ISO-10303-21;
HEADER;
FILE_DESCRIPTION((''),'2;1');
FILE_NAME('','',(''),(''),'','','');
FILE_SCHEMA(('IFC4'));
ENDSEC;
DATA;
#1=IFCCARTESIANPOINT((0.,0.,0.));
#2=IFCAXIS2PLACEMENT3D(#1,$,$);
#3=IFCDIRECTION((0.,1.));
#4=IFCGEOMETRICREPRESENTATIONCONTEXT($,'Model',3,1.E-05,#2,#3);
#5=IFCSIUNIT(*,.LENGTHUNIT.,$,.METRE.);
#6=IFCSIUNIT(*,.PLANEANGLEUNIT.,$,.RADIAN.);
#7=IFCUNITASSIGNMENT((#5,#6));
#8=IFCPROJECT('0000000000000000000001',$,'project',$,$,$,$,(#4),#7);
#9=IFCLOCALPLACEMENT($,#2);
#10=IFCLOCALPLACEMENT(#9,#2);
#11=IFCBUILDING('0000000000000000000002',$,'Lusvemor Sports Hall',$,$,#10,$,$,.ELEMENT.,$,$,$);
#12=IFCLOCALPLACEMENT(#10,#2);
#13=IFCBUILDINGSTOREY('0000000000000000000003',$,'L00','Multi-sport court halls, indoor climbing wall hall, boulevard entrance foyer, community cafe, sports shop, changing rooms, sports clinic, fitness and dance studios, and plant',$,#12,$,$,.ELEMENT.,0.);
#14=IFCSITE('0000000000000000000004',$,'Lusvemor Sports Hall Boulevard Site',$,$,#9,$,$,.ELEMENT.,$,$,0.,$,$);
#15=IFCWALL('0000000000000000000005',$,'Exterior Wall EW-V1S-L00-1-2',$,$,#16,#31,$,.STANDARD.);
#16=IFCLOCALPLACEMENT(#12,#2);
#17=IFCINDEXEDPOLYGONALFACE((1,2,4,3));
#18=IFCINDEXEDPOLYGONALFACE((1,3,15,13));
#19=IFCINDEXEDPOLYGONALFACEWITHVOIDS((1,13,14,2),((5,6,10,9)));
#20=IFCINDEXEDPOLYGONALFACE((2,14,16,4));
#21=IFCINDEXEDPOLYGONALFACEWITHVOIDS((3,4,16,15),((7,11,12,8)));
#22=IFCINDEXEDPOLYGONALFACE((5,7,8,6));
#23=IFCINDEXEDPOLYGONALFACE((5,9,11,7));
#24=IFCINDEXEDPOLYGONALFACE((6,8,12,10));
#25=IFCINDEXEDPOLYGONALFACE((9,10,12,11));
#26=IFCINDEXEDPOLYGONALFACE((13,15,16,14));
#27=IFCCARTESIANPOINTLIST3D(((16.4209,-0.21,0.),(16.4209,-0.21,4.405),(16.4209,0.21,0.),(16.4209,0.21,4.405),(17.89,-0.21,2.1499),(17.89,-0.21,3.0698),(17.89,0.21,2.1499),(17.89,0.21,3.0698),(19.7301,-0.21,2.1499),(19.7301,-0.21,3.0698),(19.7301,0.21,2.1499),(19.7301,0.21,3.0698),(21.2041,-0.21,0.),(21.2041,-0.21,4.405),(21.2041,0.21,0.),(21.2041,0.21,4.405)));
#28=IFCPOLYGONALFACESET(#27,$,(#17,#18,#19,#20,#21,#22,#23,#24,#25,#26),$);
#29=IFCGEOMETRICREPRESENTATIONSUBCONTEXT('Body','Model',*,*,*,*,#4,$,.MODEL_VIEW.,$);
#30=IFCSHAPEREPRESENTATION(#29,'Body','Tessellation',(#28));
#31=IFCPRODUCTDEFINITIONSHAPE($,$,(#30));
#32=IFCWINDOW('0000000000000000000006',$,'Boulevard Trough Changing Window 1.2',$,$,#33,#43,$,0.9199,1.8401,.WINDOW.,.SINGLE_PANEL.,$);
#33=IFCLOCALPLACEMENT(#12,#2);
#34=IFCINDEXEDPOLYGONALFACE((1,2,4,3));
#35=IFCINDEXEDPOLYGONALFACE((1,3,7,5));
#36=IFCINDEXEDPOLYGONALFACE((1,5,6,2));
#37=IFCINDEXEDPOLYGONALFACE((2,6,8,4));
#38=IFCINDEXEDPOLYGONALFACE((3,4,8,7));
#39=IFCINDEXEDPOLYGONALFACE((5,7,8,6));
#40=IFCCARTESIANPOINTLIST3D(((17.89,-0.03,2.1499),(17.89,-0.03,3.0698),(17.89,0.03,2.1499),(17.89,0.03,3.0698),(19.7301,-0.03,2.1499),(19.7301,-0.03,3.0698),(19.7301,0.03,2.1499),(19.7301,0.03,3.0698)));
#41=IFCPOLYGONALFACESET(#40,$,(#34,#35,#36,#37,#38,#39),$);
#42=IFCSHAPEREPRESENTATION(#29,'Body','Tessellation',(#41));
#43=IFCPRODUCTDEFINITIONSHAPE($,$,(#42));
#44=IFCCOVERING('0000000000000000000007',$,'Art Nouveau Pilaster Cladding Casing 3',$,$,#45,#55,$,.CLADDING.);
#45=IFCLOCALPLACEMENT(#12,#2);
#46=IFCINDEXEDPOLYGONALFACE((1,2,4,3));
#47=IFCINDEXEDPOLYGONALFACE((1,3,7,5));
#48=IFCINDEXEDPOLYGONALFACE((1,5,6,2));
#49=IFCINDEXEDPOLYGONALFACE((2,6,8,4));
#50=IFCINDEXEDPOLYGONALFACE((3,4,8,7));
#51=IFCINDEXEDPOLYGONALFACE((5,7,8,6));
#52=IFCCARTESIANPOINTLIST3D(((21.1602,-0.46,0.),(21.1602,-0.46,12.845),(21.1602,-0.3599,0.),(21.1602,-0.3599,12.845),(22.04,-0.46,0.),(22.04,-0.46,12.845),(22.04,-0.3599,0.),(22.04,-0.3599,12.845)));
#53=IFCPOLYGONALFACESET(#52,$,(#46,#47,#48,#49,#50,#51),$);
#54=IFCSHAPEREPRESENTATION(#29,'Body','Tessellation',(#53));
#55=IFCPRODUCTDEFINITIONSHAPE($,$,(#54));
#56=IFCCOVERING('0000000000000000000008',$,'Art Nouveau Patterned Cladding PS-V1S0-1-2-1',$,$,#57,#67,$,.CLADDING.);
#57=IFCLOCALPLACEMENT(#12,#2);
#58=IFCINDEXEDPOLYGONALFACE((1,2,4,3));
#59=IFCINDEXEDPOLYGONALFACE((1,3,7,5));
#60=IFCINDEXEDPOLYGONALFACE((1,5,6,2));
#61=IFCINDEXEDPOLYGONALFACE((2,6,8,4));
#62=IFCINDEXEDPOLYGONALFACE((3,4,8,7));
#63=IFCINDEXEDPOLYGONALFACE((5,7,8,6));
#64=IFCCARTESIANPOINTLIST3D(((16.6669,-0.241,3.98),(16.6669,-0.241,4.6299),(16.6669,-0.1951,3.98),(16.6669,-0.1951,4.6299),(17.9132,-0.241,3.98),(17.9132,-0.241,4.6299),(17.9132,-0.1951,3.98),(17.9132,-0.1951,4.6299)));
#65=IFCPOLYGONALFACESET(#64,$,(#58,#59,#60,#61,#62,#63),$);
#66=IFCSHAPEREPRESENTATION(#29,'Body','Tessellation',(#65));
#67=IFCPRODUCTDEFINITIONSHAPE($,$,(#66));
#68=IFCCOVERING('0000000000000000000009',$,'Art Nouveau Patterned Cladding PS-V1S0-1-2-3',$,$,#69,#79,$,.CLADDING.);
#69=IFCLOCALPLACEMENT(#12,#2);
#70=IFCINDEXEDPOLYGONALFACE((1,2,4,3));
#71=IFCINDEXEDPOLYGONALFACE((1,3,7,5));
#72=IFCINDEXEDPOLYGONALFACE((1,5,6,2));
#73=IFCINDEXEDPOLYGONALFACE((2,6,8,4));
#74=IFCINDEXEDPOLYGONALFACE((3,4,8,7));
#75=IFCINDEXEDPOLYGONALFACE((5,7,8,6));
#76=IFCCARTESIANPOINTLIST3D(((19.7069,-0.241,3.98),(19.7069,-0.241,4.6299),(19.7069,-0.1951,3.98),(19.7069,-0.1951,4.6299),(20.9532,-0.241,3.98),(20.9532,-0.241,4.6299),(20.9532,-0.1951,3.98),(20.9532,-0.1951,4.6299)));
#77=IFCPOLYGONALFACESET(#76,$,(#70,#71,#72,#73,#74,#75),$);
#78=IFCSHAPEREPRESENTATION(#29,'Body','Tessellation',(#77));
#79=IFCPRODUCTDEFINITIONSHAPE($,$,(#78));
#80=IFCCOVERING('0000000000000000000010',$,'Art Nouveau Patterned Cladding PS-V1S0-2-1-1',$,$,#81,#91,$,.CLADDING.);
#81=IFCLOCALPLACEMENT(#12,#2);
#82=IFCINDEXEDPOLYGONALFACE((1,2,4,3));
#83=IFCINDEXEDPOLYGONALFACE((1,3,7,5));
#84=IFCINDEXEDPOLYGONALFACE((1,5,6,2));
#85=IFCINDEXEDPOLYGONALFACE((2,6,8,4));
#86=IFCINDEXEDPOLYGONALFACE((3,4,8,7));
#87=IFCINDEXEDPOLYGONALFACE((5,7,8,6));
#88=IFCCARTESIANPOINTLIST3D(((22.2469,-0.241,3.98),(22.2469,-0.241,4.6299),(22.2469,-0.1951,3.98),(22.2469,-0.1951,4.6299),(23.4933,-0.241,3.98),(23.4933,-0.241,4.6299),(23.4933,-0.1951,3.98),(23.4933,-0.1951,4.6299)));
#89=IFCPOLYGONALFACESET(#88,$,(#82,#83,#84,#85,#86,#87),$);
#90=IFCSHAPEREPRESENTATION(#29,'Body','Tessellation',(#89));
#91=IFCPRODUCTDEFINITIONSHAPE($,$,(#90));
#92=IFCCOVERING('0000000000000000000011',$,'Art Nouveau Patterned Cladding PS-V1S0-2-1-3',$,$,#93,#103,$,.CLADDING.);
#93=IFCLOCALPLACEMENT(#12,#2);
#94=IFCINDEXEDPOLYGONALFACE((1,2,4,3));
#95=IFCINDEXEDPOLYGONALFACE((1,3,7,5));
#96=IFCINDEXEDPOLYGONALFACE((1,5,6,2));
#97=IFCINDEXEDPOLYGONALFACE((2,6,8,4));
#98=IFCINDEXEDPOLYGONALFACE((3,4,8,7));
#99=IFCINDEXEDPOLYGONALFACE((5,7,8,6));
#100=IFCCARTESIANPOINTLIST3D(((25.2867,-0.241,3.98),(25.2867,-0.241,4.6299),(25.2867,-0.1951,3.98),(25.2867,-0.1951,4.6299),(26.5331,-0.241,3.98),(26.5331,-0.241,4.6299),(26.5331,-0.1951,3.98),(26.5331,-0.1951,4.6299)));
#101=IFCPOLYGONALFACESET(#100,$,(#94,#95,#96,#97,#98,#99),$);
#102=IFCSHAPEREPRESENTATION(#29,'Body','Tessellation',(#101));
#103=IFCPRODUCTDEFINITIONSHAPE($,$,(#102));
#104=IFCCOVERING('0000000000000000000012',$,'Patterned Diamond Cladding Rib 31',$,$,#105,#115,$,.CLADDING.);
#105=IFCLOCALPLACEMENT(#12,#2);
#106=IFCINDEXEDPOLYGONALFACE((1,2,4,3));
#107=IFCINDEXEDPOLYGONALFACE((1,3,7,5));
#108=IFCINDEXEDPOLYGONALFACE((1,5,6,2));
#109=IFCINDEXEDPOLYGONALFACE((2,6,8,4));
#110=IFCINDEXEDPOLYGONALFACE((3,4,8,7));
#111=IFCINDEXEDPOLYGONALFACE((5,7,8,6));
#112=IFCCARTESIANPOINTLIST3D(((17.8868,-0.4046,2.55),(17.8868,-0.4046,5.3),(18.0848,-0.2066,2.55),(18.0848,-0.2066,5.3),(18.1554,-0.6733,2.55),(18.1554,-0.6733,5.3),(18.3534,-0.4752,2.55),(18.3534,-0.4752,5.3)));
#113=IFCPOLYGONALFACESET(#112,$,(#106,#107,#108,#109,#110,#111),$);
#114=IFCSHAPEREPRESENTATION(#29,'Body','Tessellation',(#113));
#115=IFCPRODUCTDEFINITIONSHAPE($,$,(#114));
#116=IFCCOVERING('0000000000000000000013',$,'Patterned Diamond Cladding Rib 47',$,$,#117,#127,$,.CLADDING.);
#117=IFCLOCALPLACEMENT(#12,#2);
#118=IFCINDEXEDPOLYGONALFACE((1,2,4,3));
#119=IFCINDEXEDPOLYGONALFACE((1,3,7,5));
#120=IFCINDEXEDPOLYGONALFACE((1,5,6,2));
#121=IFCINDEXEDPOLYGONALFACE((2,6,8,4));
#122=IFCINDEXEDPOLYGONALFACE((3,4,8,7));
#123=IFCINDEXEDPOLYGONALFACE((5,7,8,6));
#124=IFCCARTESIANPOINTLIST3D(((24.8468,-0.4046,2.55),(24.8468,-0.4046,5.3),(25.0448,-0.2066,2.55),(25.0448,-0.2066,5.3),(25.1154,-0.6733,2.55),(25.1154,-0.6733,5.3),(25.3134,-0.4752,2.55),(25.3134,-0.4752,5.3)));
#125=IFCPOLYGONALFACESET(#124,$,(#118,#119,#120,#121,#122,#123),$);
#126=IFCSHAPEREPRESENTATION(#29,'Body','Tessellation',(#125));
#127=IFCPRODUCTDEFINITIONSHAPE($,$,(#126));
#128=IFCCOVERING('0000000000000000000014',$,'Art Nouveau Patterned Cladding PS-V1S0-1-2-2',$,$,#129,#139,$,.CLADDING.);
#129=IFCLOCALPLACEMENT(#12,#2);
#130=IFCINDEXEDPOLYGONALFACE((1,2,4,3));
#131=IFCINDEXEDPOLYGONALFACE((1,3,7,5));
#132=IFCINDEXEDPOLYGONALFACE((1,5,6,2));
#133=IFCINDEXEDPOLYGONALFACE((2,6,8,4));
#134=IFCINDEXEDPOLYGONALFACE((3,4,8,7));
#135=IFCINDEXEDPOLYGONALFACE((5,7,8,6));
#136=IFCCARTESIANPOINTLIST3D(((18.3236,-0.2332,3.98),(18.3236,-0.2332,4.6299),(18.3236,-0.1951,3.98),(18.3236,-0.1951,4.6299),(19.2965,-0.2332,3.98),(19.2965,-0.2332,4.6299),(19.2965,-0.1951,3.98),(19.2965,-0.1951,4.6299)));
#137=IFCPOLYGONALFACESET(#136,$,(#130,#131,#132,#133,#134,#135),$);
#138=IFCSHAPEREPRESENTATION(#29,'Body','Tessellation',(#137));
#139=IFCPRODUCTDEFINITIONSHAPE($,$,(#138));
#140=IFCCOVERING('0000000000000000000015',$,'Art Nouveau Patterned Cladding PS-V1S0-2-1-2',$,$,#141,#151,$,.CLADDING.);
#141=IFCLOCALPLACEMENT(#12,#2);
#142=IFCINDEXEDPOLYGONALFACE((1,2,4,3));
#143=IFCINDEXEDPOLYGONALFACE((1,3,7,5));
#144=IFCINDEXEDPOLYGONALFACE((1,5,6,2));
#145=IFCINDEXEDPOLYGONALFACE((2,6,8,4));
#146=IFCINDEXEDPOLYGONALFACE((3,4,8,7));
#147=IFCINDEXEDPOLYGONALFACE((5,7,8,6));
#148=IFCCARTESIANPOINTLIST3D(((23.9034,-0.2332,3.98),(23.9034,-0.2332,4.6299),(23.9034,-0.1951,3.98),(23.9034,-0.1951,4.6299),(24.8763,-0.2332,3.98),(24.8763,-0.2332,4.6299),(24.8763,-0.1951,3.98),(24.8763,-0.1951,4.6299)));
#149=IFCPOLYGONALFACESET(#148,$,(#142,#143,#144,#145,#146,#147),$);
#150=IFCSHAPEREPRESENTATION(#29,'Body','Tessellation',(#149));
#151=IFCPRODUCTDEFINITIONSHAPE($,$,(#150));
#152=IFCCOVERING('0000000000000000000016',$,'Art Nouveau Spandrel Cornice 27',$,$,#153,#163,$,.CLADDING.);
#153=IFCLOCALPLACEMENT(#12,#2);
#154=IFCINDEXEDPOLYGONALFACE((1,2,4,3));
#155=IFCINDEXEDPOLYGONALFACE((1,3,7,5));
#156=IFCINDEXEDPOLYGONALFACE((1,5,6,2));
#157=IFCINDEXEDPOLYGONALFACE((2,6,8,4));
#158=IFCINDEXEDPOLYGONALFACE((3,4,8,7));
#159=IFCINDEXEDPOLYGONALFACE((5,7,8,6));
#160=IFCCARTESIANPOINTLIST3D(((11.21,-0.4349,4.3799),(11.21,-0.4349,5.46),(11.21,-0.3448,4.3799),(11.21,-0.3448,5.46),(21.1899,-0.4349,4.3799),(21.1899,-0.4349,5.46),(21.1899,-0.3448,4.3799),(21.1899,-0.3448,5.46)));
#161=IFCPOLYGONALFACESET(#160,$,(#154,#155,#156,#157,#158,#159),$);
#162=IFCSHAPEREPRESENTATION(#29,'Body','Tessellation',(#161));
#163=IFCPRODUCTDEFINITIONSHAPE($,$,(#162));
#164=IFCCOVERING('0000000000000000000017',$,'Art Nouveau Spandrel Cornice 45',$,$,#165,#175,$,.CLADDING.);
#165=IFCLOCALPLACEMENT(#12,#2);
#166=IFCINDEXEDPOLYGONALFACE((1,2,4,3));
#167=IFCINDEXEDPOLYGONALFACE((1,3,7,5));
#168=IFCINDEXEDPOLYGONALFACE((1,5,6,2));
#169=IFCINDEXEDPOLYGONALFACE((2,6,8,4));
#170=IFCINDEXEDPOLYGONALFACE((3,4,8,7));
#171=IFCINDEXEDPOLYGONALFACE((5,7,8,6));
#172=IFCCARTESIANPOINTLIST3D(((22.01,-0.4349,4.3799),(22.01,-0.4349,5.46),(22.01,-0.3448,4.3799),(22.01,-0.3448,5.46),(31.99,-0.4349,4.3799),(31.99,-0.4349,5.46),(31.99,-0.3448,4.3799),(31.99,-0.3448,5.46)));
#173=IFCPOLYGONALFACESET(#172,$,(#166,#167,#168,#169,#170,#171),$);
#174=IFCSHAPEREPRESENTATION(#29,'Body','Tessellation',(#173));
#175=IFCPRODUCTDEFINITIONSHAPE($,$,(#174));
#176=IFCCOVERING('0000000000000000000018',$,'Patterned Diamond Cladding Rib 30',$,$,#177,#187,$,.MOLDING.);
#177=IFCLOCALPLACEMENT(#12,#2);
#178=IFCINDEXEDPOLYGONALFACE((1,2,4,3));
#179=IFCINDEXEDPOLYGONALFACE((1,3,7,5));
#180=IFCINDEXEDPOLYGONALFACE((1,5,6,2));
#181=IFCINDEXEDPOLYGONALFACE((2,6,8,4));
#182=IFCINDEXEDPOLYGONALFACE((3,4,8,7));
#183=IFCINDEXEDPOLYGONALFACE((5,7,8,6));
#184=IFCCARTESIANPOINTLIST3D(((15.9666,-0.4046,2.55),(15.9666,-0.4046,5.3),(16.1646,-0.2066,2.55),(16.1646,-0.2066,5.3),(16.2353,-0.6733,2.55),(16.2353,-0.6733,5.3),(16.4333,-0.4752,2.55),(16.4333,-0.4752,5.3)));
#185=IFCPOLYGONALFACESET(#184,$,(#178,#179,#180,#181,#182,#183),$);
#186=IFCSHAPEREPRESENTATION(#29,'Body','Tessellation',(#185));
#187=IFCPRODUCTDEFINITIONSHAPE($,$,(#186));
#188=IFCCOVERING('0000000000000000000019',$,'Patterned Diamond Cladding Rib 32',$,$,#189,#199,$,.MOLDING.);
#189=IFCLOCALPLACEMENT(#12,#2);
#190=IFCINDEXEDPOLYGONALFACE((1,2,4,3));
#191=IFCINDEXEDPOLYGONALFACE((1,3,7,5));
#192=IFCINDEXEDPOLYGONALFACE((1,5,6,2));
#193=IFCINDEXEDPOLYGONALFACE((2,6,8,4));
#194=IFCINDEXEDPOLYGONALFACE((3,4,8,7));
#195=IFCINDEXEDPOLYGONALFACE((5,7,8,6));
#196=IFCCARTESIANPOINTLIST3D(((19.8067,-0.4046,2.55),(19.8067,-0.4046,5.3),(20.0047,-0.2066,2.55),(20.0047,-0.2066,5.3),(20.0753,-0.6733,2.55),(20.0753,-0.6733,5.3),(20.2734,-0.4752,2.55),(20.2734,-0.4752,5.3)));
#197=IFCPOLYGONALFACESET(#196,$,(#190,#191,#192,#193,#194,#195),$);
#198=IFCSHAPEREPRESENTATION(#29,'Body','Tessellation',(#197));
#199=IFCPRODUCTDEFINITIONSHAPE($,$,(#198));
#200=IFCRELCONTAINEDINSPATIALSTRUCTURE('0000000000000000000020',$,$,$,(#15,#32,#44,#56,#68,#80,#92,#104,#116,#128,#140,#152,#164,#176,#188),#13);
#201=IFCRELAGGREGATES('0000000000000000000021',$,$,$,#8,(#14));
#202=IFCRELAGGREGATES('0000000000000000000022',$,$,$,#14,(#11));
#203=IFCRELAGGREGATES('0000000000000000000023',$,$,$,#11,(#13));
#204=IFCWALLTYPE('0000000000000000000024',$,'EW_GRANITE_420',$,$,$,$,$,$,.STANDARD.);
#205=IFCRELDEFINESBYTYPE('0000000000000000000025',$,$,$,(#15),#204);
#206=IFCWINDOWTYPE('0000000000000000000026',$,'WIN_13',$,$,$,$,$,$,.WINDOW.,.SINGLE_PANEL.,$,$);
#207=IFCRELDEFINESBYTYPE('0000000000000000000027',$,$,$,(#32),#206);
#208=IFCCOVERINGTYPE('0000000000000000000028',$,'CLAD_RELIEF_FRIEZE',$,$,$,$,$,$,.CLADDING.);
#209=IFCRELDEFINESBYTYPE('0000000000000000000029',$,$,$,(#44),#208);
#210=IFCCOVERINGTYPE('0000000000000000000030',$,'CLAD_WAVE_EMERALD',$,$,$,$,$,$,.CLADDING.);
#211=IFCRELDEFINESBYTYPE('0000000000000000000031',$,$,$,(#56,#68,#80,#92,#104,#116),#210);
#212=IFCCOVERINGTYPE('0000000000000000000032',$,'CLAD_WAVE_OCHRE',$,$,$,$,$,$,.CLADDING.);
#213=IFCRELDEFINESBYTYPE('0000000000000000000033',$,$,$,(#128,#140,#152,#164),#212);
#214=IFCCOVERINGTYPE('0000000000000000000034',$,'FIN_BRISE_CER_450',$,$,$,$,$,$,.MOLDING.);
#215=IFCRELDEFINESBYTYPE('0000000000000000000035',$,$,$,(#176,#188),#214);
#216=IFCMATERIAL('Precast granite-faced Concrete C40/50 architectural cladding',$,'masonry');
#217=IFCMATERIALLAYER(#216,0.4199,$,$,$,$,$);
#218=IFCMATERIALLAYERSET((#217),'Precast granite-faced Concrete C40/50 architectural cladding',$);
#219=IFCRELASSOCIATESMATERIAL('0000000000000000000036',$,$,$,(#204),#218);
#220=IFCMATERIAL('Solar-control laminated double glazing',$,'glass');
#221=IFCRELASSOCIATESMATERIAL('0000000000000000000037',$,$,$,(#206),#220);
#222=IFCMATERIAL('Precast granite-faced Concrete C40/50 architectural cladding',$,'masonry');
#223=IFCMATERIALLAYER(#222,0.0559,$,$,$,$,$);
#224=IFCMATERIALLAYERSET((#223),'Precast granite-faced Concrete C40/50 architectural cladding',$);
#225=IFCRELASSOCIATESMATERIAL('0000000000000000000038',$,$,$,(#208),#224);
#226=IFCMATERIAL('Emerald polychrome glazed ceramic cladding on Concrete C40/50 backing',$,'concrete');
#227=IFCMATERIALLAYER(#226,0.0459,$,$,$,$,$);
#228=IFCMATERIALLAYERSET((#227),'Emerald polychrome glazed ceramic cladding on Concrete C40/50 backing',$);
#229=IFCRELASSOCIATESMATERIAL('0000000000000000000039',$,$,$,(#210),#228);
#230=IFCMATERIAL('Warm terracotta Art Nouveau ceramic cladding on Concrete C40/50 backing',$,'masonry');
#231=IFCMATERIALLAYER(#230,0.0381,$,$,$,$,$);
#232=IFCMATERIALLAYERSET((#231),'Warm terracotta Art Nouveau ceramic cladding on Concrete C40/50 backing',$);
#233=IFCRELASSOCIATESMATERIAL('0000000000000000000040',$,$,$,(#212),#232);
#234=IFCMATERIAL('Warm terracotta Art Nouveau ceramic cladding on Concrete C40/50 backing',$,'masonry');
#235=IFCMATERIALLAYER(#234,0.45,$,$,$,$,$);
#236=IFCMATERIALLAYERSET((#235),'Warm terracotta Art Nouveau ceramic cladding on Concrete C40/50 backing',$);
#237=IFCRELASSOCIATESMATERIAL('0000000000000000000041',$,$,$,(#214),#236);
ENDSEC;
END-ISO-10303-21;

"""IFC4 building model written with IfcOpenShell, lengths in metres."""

from ifc_helpers import new_model, si_unit, direction, frame, frame_2d, origin, origin_2d, place, context, subcontext, project, spatial, rectangle, extrude, material, layer, layer_set, type_object, element, fill, save


model = new_model("IFC4")

# Units and contexts
model_context = context("Model", 3, precision=1e-05, world=origin(), true_north=direction((0.0, 1.0)))
body_context = subcontext(model_context, "Body", "Model", "MODEL_VIEW")
ifc_project = project(units=[si_unit("LENGTHUNIT", "METRE"), si_unit("PLANEANGLEUNIT", "RADIAN")], contexts=[model_context])

# Site, building, storey
site_placement = place(None, origin())
site = spatial("IfcSite", under=ifc_project, at=site_placement, Name="Lusvemor Sports Hall Boulevard Site", CompositionType="ELEMENT", RefElevation=0.0)
building_placement = place(site_placement, origin())
building = spatial("IfcBuilding", under=site, at=building_placement, Name="Lusvemor Sports Hall", CompositionType="ELEMENT")
storey_placement = place(building_placement, origin())
storey = spatial("IfcBuildingStorey", under=building, at=storey_placement, Name="L00", Description="Multi-sport court halls, indoor climbing wall hall, boulevard entrance foyer, community cafe, sports shop, changing rooms, sports clinic, fitness and dance studios, and plant", CompositionType="ELEMENT", Elevation=0.0)

# Wall, opening, window
ifc_material_1 = material(Name="Precast granite-faced Concrete C40/50 architectural cladding", Category="masonry")
ifc_layer_1 = layer(ifc_material_1, 0.4199)
ifc_layer_set_1 = layer_set([ifc_layer_1], Name="Precast granite-faced Concrete C40/50 architectural cladding")
wall_type = type_object("IfcWallType", Name="EW_GRANITE_420", PredefinedType="STANDARD", material=ifc_layer_set_1)
wall_1_placement = place(storey_placement, frame((21.2041, 0.0, 0.0), z_axis=(0.0, 0.0, 1.0), x_axis=(-1.0, 0.0, 0.0)))
wall_1 = element("IfcWall", 1, at=wall_1_placement, inside=storey, type_object=wall_type, Name="Exterior Wall EW-V1S-L00-1-2", PredefinedType="STANDARD", context=body_context, shape_type="SweptSolid", body=[
    extrude(rectangle(XDim=4.7832, YDim=0.4199, at=frame_2d((2.3916, 0.0))), origin(), (0.0, 0.0, 1.0), 4.405),
])
opening_1_placement = place(wall_1_placement, frame((1.4741, 0.0, 2.1499)))
opening_1 = element("IfcOpeningElement", 2, at=opening_1_placement, cuts=wall_1, PredefinedType="OPENING", context=body_context, shape_type="SweptSolid", body=[
    extrude(rectangle(XDim=1.8401, YDim=0.9199, at=frame_2d((0.9199, 0.46))), frame((0.0, 0.21, 0.0), z_axis=(0.0, -1.0, 0.0), x_axis=(1.0, 0.0, 0.0)), (0.0, 0.0, 1.0), 0.4199),
])
ifc_material_2 = material(Name="Solar-control laminated double glazing", Category="glass")
window_type = type_object("IfcWindowType", Name="WIN_13", PartitioningType="SINGLE_PANEL", PredefinedType="WINDOW", material=ifc_material_2)
window_placement = place(opening_1_placement, origin())
window = element("IfcWindow", 3, at=window_placement, inside=storey, type_object=window_type, Name="Boulevard Trough Changing Window 1.2", OverallHeight=0.9199, OverallWidth=1.8401, PartitioningType="SINGLE_PANEL", PredefinedType="WINDOW", context=body_context, shape_type="SweptSolid", body=[
    extrude(rectangle(XDim=1.8401, YDim=0.9199, at=frame_2d((0.9199, 0.46))), frame((0.0, 0.03, 0.0), z_axis=(0.0, -1.0, 0.0), x_axis=(1.0, 0.0, 0.0)), (0.0, 0.0, 1.0), 0.0601),
])
fill(opening_1, window)

# Coverings
ifc_material_3 = material(Name="Precast granite-faced Concrete C40/50 architectural cladding", Category="masonry")
ifc_layer_2 = layer(ifc_material_3, 0.0559)
ifc_layer_set_2 = layer_set([ifc_layer_2], Name="Precast granite-faced Concrete C40/50 architectural cladding")
covering_type_1 = type_object("IfcCoveringType", Name="CLAD_RELIEF_FRIEZE", PredefinedType="CLADDING", material=ifc_layer_set_2)
covering_placement = place(storey_placement, frame((21.6001, -0.4099, 0.0), z_axis=(0.0, 0.0, 1.0), x_axis=(1.0, 0.0, 0.0)))
element("IfcCovering", 4, at=covering_placement, inside=storey, type_object=covering_type_1, Name="Art Nouveau Pilaster Cladding Casing 3", PredefinedType="CLADDING", context=body_context, shape_type="SweptSolid", body=[
    extrude(rectangle(XDim=0.8799, YDim=0.1001, at=origin_2d()), origin(), (0.0, 0.0, 1.0), 12.845),
])
ifc_material_4 = material(Name="Emerald polychrome glazed ceramic cladding on Concrete C40/50 backing", Category="concrete")
ifc_layer_3 = layer(ifc_material_4, 0.0459)
ifc_layer_set_3 = layer_set([ifc_layer_3], Name="Emerald polychrome glazed ceramic cladding on Concrete C40/50 backing")
covering_type_2 = type_object("IfcCoveringType", Name="CLAD_WAVE_EMERALD", PredefinedType="CLADDING", material=ifc_layer_set_3)
for number, where, z_axis, x_axis, name in (
    (5, (17.29, -0.218, 3.98), (0.0, 0.0, 1.0), (1.0, 0.0, 0.0), "Art Nouveau Patterned Cladding PS-V1S0-1-2-1"),
    (6, (20.3301, -0.218, 3.98), (0.0, 0.0, 1.0), (1.0, 0.0, 0.0), "Art Nouveau Patterned Cladding PS-V1S0-1-2-3"),
    (7, (22.8701, -0.218, 3.98), (0.0, 0.0, 1.0), (1.0, 0.0, 0.0), "Art Nouveau Patterned Cladding PS-V1S0-2-1-1"),
    (8, (25.9099, -0.218, 3.98), (0.0, 0.0, 1.0), (1.0, 0.0, 0.0), "Art Nouveau Patterned Cladding PS-V1S0-2-1-3"),
):
    element("IfcCovering", number, at=place(storey_placement, frame(where, z_axis=z_axis, x_axis=x_axis)), inside=storey, type_object=covering_type_2, Name=name, PredefinedType="CLADDING", context=body_context, shape_type="SweptSolid", body=[
        extrude(rectangle(XDim=1.2463, YDim=0.0459, at=origin_2d()), origin(), (0.0, 0.0, 1.0), 0.6499),
    ])
for number, where, z_axis, x_axis, name in (
    (9, (18.1201, -0.4399, 2.55), (0.0, 0.0, 1.0), (0.707107, 0.707107, 0.0), "Patterned Diamond Cladding Rib 31"),
    (10, (25.0801, -0.4399, 2.55), (0.0, 0.0, 1.0), (0.707107, 0.707107, 0.0), "Patterned Diamond Cladding Rib 47"),
):
    element("IfcCovering", number, at=place(storey_placement, frame(where, z_axis=z_axis, x_axis=x_axis)), inside=storey, type_object=covering_type_2, Name=name, PredefinedType="CLADDING", context=body_context, shape_type="SweptSolid", body=[
        extrude(rectangle(XDim=0.28, YDim=0.3799, at=origin_2d()), origin(), (0.0, 0.0, 1.0), 2.75),
    ])
ifc_material_5 = material(Name="Warm terracotta Art Nouveau ceramic cladding on Concrete C40/50 backing", Category="masonry")
ifc_layer_4 = layer(ifc_material_5, 0.0381)
ifc_layer_set_4 = layer_set([ifc_layer_4], Name="Warm terracotta Art Nouveau ceramic cladding on Concrete C40/50 backing")
covering_type_3 = type_object("IfcCoveringType", Name="CLAD_WAVE_OCHRE", PredefinedType="CLADDING", material=ifc_layer_set_4)
for number, where, z_axis, x_axis, name in (
    (11, (18.8101, -0.2141, 3.98), (0.0, 0.0, 1.0), (1.0, 0.0, 0.0), "Art Nouveau Patterned Cladding PS-V1S0-1-2-2"),
    (12, (24.3899, -0.2141, 3.98), (0.0, 0.0, 1.0), (1.0, 0.0, 0.0), "Art Nouveau Patterned Cladding PS-V1S0-2-1-2"),
):
    element("IfcCovering", number, at=place(storey_placement, frame(where, z_axis=z_axis, x_axis=x_axis)), inside=storey, type_object=covering_type_3, Name=name, PredefinedType="CLADDING", context=body_context, shape_type="SweptSolid", body=[
        extrude(rectangle(XDim=0.9729, YDim=0.0381, at=origin_2d()), origin(), (0.0, 0.0, 1.0), 0.6499),
    ])
for number, where, z_axis, x_axis, name in (
    (13, (16.2, -0.3899, 4.3799), (0.0, 0.0, 1.0), (1.0, 0.0, 0.0), "Art Nouveau Spandrel Cornice 27"),
    (14, (27.0, -0.3899, 4.3799), (0.0, 0.0, 1.0), (1.0, 0.0, 0.0), "Art Nouveau Spandrel Cornice 45"),
):
    element("IfcCovering", number, at=place(storey_placement, frame(where, z_axis=z_axis, x_axis=x_axis)), inside=storey, type_object=covering_type_3, Name=name, PredefinedType="CLADDING", context=body_context, shape_type="SweptSolid", body=[
        extrude(rectangle(XDim=9.98, YDim=0.0901, at=origin_2d()), origin(), (0.0, 0.0, 1.0), 1.0801),
    ])
ifc_material_6 = material(Name="Warm terracotta Art Nouveau ceramic cladding on Concrete C40/50 backing", Category="masonry")
ifc_layer_5 = layer(ifc_material_6, 0.45)
ifc_layer_set_5 = layer_set([ifc_layer_5], Name="Warm terracotta Art Nouveau ceramic cladding on Concrete C40/50 backing")
covering_type_4 = type_object("IfcCoveringType", Name="FIN_BRISE_CER_450", PredefinedType="MOLDING", material=ifc_layer_set_5)
for number, where, z_axis, x_axis, name in (
    (15, (16.2, -0.4399, 2.55), (0.0, 0.0, 1.0), (0.707107, 0.707107, 0.0), "Patterned Diamond Cladding Rib 30"),
    (16, (20.04, -0.4399, 2.55), (0.0, 0.0, 1.0), (0.707107, 0.707107, 0.0), "Patterned Diamond Cladding Rib 32"),
):
    element("IfcCovering", number, at=place(storey_placement, frame(where, z_axis=z_axis, x_axis=x_axis)), inside=storey, type_object=covering_type_4, Name=name, PredefinedType="MOLDING", context=body_context, shape_type="SweptSolid", body=[
        extrude(rectangle(XDim=0.28, YDim=0.3799, at=origin_2d()), origin(), (0.0, 0.0, 1.0), 2.75),
    ])

save(model, "model.ifc")
